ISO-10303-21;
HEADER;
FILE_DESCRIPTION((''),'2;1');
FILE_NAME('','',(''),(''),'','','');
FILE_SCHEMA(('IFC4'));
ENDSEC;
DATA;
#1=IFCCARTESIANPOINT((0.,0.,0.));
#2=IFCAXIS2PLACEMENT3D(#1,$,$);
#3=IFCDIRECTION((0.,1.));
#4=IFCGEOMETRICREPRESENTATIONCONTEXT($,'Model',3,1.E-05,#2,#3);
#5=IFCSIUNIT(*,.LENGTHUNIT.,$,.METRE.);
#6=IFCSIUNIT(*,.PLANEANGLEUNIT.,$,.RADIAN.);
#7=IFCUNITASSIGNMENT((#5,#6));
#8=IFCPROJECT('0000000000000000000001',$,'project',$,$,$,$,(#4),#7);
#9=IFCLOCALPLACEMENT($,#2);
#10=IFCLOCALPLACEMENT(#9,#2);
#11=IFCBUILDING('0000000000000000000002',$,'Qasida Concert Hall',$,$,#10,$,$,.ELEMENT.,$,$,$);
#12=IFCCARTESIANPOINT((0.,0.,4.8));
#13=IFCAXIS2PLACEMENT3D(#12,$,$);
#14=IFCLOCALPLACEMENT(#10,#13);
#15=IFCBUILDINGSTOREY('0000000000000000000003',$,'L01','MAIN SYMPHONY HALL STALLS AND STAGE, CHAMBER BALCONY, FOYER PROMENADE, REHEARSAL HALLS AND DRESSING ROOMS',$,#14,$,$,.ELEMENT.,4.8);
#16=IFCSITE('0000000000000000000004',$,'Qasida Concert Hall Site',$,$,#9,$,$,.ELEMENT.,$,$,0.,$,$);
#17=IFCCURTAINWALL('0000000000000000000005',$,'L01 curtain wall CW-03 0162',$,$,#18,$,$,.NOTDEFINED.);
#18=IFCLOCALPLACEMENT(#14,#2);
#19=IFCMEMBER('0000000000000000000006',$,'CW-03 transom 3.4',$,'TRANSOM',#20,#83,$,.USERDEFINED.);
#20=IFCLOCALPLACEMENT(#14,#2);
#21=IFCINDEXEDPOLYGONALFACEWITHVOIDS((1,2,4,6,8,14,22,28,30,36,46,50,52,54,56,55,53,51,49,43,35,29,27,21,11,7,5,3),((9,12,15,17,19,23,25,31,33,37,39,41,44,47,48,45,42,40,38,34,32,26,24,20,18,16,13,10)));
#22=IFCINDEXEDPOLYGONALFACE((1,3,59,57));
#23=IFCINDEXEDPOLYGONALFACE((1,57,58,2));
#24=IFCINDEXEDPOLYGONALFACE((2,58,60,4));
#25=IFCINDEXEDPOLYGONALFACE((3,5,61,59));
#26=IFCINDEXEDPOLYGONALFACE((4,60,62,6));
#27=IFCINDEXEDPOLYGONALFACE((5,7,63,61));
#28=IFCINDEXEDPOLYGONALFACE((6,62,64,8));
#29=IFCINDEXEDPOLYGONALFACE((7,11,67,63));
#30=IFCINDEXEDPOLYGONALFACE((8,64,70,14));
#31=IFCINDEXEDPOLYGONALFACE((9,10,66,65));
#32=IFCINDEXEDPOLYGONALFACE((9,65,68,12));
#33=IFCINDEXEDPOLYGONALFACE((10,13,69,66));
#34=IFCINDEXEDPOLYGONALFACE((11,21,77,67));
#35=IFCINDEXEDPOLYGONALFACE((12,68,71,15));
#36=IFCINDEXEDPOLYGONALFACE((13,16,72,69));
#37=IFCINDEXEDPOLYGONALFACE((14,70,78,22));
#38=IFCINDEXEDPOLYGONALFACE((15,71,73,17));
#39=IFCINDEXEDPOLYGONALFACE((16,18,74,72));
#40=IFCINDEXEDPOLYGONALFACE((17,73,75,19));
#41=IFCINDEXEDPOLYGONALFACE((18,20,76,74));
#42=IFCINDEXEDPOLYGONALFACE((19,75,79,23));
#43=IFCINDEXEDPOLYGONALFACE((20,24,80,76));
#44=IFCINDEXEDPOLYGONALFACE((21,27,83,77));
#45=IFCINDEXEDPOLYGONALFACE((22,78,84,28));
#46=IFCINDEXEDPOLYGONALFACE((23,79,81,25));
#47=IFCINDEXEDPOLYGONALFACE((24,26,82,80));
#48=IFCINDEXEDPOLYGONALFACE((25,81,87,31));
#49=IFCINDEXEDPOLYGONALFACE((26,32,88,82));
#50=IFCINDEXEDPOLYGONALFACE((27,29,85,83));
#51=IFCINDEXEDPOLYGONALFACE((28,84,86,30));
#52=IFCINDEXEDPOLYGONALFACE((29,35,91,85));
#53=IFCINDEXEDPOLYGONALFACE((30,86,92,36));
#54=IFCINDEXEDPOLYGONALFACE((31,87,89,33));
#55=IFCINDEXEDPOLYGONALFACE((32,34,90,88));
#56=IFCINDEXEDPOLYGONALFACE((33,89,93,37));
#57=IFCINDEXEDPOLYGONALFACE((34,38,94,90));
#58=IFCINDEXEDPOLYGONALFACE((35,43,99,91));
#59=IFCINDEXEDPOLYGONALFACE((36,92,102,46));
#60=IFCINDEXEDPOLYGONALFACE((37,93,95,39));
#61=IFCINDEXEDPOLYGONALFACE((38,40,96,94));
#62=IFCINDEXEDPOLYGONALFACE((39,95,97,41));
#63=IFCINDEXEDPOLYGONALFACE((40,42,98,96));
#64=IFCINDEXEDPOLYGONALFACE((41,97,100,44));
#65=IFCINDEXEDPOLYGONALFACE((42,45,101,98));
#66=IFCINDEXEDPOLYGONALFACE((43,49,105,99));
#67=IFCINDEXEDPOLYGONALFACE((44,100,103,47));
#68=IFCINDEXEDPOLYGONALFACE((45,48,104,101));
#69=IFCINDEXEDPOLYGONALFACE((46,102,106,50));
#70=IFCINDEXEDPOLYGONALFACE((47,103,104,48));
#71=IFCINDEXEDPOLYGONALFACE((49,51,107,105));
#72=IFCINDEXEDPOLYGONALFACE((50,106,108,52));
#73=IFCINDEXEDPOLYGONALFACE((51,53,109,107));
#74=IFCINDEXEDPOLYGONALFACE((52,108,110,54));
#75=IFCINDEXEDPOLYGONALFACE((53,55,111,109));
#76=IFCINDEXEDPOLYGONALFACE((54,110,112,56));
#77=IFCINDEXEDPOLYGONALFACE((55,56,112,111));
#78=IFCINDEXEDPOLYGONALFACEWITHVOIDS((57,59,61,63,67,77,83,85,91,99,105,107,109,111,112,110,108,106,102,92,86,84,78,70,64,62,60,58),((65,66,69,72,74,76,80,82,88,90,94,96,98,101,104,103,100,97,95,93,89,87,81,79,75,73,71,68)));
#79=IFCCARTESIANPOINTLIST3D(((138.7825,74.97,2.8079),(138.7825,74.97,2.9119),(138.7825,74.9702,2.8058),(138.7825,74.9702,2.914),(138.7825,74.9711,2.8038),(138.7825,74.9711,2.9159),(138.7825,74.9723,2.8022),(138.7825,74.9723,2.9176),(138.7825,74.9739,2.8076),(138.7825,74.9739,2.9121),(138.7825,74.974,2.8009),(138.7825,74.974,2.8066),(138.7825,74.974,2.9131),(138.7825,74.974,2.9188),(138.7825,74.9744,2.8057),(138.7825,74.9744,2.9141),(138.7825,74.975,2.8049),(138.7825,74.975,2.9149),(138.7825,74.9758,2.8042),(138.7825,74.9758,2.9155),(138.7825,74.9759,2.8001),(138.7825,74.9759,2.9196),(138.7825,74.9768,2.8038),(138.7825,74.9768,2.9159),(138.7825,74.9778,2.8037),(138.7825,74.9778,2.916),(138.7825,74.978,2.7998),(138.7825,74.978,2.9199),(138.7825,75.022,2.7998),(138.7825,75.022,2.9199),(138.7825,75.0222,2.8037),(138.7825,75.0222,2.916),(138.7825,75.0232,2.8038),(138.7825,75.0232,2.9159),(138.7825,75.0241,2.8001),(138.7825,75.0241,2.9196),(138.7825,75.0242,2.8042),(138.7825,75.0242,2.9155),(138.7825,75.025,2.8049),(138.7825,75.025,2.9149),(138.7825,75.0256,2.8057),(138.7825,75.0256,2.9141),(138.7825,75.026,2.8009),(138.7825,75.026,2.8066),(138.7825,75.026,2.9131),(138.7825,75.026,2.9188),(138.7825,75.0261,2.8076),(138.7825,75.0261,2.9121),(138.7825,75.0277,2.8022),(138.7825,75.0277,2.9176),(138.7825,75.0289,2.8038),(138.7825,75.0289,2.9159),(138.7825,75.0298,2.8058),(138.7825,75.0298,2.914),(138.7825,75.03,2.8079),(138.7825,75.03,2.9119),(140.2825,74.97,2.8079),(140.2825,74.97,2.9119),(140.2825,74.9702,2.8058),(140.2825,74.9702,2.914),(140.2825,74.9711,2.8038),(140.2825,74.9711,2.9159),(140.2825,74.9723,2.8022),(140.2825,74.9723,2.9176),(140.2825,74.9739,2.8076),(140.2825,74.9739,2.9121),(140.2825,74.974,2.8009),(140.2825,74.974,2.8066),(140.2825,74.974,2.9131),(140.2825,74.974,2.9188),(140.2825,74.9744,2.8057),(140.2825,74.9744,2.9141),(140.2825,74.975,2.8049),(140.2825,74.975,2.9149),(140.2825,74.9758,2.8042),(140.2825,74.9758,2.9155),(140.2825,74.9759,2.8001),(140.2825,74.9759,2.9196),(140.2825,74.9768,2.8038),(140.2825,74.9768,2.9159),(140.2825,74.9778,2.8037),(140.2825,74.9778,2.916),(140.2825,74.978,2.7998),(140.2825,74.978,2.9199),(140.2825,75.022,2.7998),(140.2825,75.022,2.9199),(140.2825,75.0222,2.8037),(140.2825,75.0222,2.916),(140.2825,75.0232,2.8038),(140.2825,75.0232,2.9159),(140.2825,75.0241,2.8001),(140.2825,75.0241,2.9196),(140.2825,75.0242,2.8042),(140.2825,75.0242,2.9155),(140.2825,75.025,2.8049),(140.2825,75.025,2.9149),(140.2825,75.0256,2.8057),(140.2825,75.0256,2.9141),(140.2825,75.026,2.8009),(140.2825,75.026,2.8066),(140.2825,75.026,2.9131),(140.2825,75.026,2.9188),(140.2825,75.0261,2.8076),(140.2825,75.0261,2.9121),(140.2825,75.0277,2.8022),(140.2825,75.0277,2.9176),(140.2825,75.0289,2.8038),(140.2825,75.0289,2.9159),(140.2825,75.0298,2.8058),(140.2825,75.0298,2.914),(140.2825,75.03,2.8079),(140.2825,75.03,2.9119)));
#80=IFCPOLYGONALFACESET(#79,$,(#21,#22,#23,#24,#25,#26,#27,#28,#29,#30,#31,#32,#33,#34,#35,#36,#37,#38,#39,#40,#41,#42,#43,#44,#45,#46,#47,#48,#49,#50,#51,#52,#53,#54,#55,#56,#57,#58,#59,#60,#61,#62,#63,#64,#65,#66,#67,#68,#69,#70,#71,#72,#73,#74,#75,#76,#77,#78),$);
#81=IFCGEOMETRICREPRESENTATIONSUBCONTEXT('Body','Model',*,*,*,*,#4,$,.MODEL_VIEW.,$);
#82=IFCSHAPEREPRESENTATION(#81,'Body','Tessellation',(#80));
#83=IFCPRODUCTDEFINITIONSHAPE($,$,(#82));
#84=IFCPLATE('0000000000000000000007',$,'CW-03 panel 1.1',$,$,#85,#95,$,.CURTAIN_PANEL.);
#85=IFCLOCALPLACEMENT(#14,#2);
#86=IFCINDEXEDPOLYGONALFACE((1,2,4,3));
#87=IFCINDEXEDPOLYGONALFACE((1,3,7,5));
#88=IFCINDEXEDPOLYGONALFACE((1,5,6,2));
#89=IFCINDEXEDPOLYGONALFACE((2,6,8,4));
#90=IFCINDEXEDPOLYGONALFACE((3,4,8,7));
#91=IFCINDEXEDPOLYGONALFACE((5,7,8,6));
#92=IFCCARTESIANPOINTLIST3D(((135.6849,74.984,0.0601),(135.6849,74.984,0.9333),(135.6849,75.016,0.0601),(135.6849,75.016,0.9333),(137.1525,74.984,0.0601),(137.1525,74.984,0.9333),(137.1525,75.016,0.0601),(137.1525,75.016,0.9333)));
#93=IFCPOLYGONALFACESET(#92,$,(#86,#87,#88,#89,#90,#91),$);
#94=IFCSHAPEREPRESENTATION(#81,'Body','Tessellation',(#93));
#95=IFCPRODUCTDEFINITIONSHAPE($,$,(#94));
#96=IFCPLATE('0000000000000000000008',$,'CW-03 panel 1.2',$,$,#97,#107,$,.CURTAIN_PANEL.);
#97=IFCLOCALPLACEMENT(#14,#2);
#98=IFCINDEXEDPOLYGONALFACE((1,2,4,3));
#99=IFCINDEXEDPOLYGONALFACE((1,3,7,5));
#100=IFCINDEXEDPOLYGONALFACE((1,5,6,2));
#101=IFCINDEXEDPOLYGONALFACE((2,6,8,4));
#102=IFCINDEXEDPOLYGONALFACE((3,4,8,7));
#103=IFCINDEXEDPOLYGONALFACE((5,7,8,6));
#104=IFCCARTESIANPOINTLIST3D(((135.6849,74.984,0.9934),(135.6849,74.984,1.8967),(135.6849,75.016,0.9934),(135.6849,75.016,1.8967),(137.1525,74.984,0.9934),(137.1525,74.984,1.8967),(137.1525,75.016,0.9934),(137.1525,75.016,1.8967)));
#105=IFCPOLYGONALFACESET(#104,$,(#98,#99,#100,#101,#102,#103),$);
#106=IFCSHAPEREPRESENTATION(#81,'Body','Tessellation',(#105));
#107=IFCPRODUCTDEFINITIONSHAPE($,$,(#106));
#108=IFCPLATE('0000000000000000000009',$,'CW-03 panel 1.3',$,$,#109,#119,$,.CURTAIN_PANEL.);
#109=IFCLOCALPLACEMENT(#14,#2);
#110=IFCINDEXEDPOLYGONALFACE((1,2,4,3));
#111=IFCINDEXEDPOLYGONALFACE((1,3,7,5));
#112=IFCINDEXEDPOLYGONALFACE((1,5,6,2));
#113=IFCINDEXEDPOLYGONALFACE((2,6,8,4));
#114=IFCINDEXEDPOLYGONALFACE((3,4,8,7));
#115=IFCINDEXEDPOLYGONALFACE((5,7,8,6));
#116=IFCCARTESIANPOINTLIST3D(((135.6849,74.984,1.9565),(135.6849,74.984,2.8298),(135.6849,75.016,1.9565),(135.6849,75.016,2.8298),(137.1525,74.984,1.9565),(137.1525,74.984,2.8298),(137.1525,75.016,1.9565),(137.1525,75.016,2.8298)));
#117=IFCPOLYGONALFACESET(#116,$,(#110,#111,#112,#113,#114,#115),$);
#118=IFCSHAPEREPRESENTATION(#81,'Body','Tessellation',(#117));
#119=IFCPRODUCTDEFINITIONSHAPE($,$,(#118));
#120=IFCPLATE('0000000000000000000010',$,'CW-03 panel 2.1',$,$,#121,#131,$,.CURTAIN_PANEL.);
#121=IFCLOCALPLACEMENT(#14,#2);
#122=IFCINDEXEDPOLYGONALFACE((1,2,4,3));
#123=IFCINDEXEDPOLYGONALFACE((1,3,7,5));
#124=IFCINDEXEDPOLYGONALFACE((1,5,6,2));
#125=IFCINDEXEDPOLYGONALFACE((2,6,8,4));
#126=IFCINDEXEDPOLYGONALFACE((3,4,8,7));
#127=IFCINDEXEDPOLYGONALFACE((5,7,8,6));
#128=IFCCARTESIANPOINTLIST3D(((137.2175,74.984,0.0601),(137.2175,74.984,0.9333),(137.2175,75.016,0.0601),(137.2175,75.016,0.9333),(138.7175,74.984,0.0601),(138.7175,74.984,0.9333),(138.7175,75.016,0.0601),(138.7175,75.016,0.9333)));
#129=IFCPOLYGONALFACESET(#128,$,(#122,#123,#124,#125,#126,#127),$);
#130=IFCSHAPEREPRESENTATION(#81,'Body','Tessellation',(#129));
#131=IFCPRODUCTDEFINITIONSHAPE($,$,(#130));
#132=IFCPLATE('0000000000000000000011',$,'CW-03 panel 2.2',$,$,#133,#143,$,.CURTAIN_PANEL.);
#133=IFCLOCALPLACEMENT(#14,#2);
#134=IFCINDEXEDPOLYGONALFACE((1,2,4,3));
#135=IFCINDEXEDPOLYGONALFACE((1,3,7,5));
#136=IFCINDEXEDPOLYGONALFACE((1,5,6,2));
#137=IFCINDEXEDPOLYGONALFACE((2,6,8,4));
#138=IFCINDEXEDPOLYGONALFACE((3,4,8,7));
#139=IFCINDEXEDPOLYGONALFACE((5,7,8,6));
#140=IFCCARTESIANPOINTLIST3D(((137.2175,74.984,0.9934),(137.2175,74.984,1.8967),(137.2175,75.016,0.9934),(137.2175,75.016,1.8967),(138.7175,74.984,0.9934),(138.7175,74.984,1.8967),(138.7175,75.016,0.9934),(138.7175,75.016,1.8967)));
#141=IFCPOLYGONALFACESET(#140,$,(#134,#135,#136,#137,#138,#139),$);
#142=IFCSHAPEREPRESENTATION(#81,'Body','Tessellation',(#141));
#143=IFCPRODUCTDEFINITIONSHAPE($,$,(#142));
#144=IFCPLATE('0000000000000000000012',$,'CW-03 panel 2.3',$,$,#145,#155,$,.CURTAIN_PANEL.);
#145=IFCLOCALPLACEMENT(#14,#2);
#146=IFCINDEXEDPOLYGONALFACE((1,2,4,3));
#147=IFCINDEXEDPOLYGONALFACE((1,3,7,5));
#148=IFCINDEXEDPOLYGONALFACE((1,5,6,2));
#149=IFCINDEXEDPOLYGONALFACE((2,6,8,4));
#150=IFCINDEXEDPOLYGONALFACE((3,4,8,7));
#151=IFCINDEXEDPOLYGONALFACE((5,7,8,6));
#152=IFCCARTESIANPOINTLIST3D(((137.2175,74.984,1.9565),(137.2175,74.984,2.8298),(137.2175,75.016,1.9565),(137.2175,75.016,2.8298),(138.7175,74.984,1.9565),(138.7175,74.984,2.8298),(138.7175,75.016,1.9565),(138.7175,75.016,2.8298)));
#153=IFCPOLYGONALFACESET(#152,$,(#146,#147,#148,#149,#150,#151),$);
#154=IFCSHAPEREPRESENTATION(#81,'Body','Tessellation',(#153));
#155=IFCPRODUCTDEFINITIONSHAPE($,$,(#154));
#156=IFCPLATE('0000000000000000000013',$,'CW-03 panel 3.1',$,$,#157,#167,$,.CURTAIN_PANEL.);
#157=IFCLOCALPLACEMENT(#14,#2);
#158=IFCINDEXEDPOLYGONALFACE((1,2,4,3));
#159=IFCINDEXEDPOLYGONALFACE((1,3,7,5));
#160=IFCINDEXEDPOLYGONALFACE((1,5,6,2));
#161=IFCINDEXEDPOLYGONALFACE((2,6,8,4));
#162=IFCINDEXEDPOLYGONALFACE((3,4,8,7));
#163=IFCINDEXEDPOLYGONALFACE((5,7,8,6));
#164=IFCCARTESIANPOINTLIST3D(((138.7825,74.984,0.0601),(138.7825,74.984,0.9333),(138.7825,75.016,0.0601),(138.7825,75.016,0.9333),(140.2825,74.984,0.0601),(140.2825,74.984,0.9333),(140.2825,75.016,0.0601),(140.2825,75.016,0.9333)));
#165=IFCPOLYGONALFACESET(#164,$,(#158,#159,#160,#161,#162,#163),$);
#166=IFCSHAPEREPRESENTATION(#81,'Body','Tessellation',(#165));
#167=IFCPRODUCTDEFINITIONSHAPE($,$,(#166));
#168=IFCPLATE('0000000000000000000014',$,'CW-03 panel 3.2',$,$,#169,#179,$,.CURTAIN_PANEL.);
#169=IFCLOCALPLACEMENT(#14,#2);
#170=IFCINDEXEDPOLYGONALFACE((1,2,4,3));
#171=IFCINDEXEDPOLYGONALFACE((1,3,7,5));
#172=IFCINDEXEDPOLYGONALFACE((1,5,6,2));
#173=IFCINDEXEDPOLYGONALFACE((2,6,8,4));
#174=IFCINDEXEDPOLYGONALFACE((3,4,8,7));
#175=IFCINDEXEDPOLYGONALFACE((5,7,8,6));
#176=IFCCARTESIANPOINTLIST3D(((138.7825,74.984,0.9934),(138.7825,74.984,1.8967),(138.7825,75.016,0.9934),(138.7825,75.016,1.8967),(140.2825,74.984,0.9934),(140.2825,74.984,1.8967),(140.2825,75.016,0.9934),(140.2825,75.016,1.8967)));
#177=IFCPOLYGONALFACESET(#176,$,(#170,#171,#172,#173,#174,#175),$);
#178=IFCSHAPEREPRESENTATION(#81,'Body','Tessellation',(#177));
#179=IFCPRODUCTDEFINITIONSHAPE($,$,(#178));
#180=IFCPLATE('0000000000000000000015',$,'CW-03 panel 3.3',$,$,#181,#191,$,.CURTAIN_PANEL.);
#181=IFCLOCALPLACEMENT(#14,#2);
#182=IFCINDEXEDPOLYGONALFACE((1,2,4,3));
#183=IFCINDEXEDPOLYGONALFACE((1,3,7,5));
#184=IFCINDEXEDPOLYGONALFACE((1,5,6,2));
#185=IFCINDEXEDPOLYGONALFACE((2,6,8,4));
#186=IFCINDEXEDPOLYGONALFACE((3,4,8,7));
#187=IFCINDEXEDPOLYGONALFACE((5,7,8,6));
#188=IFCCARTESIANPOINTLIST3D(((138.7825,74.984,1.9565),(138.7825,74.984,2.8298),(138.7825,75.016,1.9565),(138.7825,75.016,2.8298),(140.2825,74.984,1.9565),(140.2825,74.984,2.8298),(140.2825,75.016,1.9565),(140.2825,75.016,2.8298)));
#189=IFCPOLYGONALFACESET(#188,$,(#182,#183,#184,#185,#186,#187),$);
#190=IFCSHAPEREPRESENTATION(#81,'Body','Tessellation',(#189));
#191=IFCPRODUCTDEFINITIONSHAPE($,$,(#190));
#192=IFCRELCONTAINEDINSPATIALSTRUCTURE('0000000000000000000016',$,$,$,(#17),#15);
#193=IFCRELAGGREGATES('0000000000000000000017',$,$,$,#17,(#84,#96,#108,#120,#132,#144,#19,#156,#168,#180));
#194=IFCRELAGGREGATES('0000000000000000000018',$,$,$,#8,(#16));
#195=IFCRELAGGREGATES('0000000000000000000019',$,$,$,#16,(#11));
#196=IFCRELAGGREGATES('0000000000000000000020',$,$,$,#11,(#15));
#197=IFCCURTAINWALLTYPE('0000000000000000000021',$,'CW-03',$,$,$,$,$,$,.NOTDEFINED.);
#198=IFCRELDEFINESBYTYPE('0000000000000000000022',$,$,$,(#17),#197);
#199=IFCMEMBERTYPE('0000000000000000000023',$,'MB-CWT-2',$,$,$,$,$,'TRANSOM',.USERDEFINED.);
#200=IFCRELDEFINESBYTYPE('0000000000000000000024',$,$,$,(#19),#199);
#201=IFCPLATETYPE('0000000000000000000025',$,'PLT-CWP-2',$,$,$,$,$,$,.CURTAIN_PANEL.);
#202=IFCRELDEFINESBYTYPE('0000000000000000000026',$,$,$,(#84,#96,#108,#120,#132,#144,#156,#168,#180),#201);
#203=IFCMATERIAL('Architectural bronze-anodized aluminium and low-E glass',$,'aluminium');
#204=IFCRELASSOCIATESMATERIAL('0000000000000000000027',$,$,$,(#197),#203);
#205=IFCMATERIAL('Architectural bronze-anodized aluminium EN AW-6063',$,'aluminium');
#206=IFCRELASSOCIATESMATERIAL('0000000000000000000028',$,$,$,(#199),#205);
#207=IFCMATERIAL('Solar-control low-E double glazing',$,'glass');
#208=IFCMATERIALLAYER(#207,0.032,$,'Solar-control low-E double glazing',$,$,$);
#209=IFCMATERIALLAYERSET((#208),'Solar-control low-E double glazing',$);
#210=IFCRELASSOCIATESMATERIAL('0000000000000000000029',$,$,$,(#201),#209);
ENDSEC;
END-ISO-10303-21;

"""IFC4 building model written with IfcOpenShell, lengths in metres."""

from ifc_helpers import new_model, si_unit, direction, frame, origin, origin_2d, place, context, subcontext, project, spatial, rectangle, hollow_rectangle, extrude, material, layer, layer_set, material_profile, profile_set, type_object, element, aggregate, save


model = new_model("IFC4")

# Units and contexts
model_context = context("Model", 3, precision=1e-05, world=origin(), true_north=direction((0.0, 1.0)))
body_context = subcontext(model_context, "Body", "Model", "MODEL_VIEW")
ifc_project = project(units=[si_unit("LENGTHUNIT", "METRE"), si_unit("PLANEANGLEUNIT", "RADIAN")], contexts=[model_context])

# Site, building, storey
site_placement = place(None, origin())
site = spatial("IfcSite", under=ifc_project, at=site_placement, Name="Qasida Concert Hall Site", CompositionType="ELEMENT", RefElevation=0.0)
building_placement = place(site_placement, origin())
building = spatial("IfcBuilding", under=site, at=building_placement, Name="Qasida Concert Hall", CompositionType="ELEMENT")
storey_placement = place(building_placement, frame((0.0, 0.0, 4.8)))
storey = spatial("IfcBuildingStorey", under=building, at=storey_placement, Name="L01", Description="MAIN SYMPHONY HALL STALLS AND STAGE, CHAMBER BALCONY, FOYER PROMENADE, REHEARSAL HALLS AND DRESSING ROOMS", CompositionType="ELEMENT", Elevation=4.8)

# Curtain wall, member, plates
ifc_material_1 = material(Name="Architectural bronze-anodized aluminium and low-E glass", Category="aluminium")
curtain_wall_type = type_object("IfcCurtainWallType", Name="CW-03", PredefinedType="NOTDEFINED", material=ifc_material_1)
curtain_wall_placement = place(storey_placement, origin())
curtain_wall = element("IfcCurtainWall", 1, at=curtain_wall_placement, inside=storey, type_object=curtain_wall_type, Name="L01 curtain wall CW-03 0162", PredefinedType="NOTDEFINED")
ifc_material_2 = material(Name="Architectural bronze-anodized aluminium EN AW-6063", Category="aluminium")
ifc_material_profile_1 = material_profile(ifc_material_2, hollow_rectangle(XDim=0.0601, YDim=0.1201, WallThickness=0.0039, InnerFilletRadius=0.0039, OuterFilletRadius=0.0081, at=origin_2d()), Name="CWT 120x60x4")
ifc_profile_set_1 = profile_set([ifc_material_profile_1], Name="Architectural bronze-anodized aluminium EN AW-6063")
member_type_1 = type_object("IfcMemberType", Name="MB-CWT-2", ElementType="TRANSOM", PredefinedType="USERDEFINED", material=ifc_profile_set_1)
member_1_placement = place(storey_placement, frame((138.7825, 75.0, 2.8599), z_axis=(1.0, 0.0, 0.0), x_axis=(0.0, 1.0, 0.0)))
member_1 = element("IfcMember", 2, at=member_1_placement, type_object=member_type_1, Name="CW-03 transom 3.4", ObjectType="TRANSOM", PredefinedType="USERDEFINED", context=body_context, shape_type="SweptSolid", body=[
    extrude(hollow_rectangle(XDim=0.0601, YDim=0.1201, WallThickness=0.0039, InnerFilletRadius=0.0039, OuterFilletRadius=0.0081, at=origin_2d()), origin(), (0.0, 0.0, 1.0), 1.5),
])
ifc_material_3 = material(Name="Solar-control low-E double glazing", Category="glass")
ifc_layer = layer(ifc_material_3, 0.032, Name="Solar-control low-E double glazing")
ifc_layer_set = layer_set([ifc_layer], Name="Solar-control low-E double glazing")
plate_type = type_object("IfcPlateType", Name="PLT-CWP-2", PredefinedType="CURTAIN_PANEL", material=ifc_layer_set)
plate_1_placement = place(storey_placement, frame((136.4187, 75.0, 0.0601), z_axis=(0.0, 0.0, 1.0), x_axis=(1.0, 0.0, 0.0)))
plate_1 = element("IfcPlate", 3, at=plate_1_placement, type_object=plate_type, Name="CW-03 panel 1.1", PredefinedType="CURTAIN_PANEL", context=body_context, shape_type="SweptSolid", body=[
    extrude(rectangle(XDim=1.4675, YDim=0.032, at=origin_2d()), origin(), (0.0, 0.0, 1.0), 0.8733),
])
plate_2_placement = place(storey_placement, frame((136.4187, 75.0, 0.9934), z_axis=(0.0, 0.0, 1.0), x_axis=(1.0, 0.0, 0.0)))
plate_2 = element("IfcPlate", 4, at=plate_2_placement, type_object=plate_type, Name="CW-03 panel 1.2", PredefinedType="CURTAIN_PANEL", context=body_context, shape_type="SweptSolid", body=[
    extrude(rectangle(XDim=1.4675, YDim=0.032, at=origin_2d()), origin(), (0.0, 0.0, 1.0), 0.9033),
])
plate_3_placement = place(storey_placement, frame((136.4187, 75.0, 1.9565), z_axis=(0.0, 0.0, 1.0), x_axis=(1.0, 0.0, 0.0)))
plate_3 = element("IfcPlate", 5, at=plate_3_placement, type_object=plate_type, Name="CW-03 panel 1.3", PredefinedType="CURTAIN_PANEL", context=body_context, shape_type="SweptSolid", body=[
    extrude(rectangle(XDim=1.4675, YDim=0.032, at=origin_2d()), origin(), (0.0, 0.0, 1.0), 0.8733),
])
plate_4_placement = place(storey_placement, frame((137.9675, 75.0, 0.0601), z_axis=(0.0, 0.0, 1.0), x_axis=(1.0, 0.0, 0.0)))
plate_4 = element("IfcPlate", 6, at=plate_4_placement, type_object=plate_type, Name="CW-03 panel 2.1", PredefinedType="CURTAIN_PANEL", context=body_context, shape_type="SweptSolid", body=[
    extrude(rectangle(XDim=1.5, YDim=0.032, at=origin_2d()), origin(), (0.0, 0.0, 1.0), 0.8733),
])
plate_5_placement = place(storey_placement, frame((137.9675, 75.0, 0.9934), z_axis=(0.0, 0.0, 1.0), x_axis=(1.0, 0.0, 0.0)))
plate_5 = element("IfcPlate", 7, at=plate_5_placement, type_object=plate_type, Name="CW-03 panel 2.2", PredefinedType="CURTAIN_PANEL", context=body_context, shape_type="SweptSolid", body=[
    extrude(rectangle(XDim=1.5, YDim=0.032, at=origin_2d()), origin(), (0.0, 0.0, 1.0), 0.9033),
])
plate_6_placement = place(storey_placement, frame((137.9675, 75.0, 1.9565), z_axis=(0.0, 0.0, 1.0), x_axis=(1.0, 0.0, 0.0)))
plate_6 = element("IfcPlate", 8, at=plate_6_placement, type_object=plate_type, Name="CW-03 panel 2.3", PredefinedType="CURTAIN_PANEL", context=body_context, shape_type="SweptSolid", body=[
    extrude(rectangle(XDim=1.5, YDim=0.032, at=origin_2d()), origin(), (0.0, 0.0, 1.0), 0.8733),
])
plate_7_placement = place(storey_placement, frame((139.5325, 75.0, 0.0601), z_axis=(0.0, 0.0, 1.0), x_axis=(1.0, 0.0, 0.0)))
plate_7 = element("IfcPlate", 9, at=plate_7_placement, type_object=plate_type, Name="CW-03 panel 3.1", PredefinedType="CURTAIN_PANEL", context=body_context, shape_type="SweptSolid", body=[
    extrude(rectangle(XDim=1.5, YDim=0.032, at=origin_2d()), origin(), (0.0, 0.0, 1.0), 0.8733),
])
plate_8_placement = place(storey_placement, frame((139.5325, 75.0, 0.9934), z_axis=(0.0, 0.0, 1.0), x_axis=(1.0, 0.0, 0.0)))
plate_8 = element("IfcPlate", 10, at=plate_8_placement, type_object=plate_type, Name="CW-03 panel 3.2", PredefinedType="CURTAIN_PANEL", context=body_context, shape_type="SweptSolid", body=[
    extrude(rectangle(XDim=1.5, YDim=0.032, at=origin_2d()), origin(), (0.0, 0.0, 1.0), 0.9033),
])
plate_9_placement = place(storey_placement, frame((139.5325, 75.0, 1.9565), z_axis=(0.0, 0.0, 1.0), x_axis=(1.0, 0.0, 0.0)))
plate_9 = element("IfcPlate", 11, at=plate_9_placement, type_object=plate_type, Name="CW-03 panel 3.3", PredefinedType="CURTAIN_PANEL", context=body_context, shape_type="SweptSolid", body=[
    extrude(rectangle(XDim=1.5, YDim=0.032, at=origin_2d()), origin(), (0.0, 0.0, 1.0), 0.8733),
])
aggregate(curtain_wall, [plate_1, plate_2, plate_3, plate_4, plate_5, plate_6, member_1, plate_7, plate_8, plate_9])

save(model, "model.ifc")
